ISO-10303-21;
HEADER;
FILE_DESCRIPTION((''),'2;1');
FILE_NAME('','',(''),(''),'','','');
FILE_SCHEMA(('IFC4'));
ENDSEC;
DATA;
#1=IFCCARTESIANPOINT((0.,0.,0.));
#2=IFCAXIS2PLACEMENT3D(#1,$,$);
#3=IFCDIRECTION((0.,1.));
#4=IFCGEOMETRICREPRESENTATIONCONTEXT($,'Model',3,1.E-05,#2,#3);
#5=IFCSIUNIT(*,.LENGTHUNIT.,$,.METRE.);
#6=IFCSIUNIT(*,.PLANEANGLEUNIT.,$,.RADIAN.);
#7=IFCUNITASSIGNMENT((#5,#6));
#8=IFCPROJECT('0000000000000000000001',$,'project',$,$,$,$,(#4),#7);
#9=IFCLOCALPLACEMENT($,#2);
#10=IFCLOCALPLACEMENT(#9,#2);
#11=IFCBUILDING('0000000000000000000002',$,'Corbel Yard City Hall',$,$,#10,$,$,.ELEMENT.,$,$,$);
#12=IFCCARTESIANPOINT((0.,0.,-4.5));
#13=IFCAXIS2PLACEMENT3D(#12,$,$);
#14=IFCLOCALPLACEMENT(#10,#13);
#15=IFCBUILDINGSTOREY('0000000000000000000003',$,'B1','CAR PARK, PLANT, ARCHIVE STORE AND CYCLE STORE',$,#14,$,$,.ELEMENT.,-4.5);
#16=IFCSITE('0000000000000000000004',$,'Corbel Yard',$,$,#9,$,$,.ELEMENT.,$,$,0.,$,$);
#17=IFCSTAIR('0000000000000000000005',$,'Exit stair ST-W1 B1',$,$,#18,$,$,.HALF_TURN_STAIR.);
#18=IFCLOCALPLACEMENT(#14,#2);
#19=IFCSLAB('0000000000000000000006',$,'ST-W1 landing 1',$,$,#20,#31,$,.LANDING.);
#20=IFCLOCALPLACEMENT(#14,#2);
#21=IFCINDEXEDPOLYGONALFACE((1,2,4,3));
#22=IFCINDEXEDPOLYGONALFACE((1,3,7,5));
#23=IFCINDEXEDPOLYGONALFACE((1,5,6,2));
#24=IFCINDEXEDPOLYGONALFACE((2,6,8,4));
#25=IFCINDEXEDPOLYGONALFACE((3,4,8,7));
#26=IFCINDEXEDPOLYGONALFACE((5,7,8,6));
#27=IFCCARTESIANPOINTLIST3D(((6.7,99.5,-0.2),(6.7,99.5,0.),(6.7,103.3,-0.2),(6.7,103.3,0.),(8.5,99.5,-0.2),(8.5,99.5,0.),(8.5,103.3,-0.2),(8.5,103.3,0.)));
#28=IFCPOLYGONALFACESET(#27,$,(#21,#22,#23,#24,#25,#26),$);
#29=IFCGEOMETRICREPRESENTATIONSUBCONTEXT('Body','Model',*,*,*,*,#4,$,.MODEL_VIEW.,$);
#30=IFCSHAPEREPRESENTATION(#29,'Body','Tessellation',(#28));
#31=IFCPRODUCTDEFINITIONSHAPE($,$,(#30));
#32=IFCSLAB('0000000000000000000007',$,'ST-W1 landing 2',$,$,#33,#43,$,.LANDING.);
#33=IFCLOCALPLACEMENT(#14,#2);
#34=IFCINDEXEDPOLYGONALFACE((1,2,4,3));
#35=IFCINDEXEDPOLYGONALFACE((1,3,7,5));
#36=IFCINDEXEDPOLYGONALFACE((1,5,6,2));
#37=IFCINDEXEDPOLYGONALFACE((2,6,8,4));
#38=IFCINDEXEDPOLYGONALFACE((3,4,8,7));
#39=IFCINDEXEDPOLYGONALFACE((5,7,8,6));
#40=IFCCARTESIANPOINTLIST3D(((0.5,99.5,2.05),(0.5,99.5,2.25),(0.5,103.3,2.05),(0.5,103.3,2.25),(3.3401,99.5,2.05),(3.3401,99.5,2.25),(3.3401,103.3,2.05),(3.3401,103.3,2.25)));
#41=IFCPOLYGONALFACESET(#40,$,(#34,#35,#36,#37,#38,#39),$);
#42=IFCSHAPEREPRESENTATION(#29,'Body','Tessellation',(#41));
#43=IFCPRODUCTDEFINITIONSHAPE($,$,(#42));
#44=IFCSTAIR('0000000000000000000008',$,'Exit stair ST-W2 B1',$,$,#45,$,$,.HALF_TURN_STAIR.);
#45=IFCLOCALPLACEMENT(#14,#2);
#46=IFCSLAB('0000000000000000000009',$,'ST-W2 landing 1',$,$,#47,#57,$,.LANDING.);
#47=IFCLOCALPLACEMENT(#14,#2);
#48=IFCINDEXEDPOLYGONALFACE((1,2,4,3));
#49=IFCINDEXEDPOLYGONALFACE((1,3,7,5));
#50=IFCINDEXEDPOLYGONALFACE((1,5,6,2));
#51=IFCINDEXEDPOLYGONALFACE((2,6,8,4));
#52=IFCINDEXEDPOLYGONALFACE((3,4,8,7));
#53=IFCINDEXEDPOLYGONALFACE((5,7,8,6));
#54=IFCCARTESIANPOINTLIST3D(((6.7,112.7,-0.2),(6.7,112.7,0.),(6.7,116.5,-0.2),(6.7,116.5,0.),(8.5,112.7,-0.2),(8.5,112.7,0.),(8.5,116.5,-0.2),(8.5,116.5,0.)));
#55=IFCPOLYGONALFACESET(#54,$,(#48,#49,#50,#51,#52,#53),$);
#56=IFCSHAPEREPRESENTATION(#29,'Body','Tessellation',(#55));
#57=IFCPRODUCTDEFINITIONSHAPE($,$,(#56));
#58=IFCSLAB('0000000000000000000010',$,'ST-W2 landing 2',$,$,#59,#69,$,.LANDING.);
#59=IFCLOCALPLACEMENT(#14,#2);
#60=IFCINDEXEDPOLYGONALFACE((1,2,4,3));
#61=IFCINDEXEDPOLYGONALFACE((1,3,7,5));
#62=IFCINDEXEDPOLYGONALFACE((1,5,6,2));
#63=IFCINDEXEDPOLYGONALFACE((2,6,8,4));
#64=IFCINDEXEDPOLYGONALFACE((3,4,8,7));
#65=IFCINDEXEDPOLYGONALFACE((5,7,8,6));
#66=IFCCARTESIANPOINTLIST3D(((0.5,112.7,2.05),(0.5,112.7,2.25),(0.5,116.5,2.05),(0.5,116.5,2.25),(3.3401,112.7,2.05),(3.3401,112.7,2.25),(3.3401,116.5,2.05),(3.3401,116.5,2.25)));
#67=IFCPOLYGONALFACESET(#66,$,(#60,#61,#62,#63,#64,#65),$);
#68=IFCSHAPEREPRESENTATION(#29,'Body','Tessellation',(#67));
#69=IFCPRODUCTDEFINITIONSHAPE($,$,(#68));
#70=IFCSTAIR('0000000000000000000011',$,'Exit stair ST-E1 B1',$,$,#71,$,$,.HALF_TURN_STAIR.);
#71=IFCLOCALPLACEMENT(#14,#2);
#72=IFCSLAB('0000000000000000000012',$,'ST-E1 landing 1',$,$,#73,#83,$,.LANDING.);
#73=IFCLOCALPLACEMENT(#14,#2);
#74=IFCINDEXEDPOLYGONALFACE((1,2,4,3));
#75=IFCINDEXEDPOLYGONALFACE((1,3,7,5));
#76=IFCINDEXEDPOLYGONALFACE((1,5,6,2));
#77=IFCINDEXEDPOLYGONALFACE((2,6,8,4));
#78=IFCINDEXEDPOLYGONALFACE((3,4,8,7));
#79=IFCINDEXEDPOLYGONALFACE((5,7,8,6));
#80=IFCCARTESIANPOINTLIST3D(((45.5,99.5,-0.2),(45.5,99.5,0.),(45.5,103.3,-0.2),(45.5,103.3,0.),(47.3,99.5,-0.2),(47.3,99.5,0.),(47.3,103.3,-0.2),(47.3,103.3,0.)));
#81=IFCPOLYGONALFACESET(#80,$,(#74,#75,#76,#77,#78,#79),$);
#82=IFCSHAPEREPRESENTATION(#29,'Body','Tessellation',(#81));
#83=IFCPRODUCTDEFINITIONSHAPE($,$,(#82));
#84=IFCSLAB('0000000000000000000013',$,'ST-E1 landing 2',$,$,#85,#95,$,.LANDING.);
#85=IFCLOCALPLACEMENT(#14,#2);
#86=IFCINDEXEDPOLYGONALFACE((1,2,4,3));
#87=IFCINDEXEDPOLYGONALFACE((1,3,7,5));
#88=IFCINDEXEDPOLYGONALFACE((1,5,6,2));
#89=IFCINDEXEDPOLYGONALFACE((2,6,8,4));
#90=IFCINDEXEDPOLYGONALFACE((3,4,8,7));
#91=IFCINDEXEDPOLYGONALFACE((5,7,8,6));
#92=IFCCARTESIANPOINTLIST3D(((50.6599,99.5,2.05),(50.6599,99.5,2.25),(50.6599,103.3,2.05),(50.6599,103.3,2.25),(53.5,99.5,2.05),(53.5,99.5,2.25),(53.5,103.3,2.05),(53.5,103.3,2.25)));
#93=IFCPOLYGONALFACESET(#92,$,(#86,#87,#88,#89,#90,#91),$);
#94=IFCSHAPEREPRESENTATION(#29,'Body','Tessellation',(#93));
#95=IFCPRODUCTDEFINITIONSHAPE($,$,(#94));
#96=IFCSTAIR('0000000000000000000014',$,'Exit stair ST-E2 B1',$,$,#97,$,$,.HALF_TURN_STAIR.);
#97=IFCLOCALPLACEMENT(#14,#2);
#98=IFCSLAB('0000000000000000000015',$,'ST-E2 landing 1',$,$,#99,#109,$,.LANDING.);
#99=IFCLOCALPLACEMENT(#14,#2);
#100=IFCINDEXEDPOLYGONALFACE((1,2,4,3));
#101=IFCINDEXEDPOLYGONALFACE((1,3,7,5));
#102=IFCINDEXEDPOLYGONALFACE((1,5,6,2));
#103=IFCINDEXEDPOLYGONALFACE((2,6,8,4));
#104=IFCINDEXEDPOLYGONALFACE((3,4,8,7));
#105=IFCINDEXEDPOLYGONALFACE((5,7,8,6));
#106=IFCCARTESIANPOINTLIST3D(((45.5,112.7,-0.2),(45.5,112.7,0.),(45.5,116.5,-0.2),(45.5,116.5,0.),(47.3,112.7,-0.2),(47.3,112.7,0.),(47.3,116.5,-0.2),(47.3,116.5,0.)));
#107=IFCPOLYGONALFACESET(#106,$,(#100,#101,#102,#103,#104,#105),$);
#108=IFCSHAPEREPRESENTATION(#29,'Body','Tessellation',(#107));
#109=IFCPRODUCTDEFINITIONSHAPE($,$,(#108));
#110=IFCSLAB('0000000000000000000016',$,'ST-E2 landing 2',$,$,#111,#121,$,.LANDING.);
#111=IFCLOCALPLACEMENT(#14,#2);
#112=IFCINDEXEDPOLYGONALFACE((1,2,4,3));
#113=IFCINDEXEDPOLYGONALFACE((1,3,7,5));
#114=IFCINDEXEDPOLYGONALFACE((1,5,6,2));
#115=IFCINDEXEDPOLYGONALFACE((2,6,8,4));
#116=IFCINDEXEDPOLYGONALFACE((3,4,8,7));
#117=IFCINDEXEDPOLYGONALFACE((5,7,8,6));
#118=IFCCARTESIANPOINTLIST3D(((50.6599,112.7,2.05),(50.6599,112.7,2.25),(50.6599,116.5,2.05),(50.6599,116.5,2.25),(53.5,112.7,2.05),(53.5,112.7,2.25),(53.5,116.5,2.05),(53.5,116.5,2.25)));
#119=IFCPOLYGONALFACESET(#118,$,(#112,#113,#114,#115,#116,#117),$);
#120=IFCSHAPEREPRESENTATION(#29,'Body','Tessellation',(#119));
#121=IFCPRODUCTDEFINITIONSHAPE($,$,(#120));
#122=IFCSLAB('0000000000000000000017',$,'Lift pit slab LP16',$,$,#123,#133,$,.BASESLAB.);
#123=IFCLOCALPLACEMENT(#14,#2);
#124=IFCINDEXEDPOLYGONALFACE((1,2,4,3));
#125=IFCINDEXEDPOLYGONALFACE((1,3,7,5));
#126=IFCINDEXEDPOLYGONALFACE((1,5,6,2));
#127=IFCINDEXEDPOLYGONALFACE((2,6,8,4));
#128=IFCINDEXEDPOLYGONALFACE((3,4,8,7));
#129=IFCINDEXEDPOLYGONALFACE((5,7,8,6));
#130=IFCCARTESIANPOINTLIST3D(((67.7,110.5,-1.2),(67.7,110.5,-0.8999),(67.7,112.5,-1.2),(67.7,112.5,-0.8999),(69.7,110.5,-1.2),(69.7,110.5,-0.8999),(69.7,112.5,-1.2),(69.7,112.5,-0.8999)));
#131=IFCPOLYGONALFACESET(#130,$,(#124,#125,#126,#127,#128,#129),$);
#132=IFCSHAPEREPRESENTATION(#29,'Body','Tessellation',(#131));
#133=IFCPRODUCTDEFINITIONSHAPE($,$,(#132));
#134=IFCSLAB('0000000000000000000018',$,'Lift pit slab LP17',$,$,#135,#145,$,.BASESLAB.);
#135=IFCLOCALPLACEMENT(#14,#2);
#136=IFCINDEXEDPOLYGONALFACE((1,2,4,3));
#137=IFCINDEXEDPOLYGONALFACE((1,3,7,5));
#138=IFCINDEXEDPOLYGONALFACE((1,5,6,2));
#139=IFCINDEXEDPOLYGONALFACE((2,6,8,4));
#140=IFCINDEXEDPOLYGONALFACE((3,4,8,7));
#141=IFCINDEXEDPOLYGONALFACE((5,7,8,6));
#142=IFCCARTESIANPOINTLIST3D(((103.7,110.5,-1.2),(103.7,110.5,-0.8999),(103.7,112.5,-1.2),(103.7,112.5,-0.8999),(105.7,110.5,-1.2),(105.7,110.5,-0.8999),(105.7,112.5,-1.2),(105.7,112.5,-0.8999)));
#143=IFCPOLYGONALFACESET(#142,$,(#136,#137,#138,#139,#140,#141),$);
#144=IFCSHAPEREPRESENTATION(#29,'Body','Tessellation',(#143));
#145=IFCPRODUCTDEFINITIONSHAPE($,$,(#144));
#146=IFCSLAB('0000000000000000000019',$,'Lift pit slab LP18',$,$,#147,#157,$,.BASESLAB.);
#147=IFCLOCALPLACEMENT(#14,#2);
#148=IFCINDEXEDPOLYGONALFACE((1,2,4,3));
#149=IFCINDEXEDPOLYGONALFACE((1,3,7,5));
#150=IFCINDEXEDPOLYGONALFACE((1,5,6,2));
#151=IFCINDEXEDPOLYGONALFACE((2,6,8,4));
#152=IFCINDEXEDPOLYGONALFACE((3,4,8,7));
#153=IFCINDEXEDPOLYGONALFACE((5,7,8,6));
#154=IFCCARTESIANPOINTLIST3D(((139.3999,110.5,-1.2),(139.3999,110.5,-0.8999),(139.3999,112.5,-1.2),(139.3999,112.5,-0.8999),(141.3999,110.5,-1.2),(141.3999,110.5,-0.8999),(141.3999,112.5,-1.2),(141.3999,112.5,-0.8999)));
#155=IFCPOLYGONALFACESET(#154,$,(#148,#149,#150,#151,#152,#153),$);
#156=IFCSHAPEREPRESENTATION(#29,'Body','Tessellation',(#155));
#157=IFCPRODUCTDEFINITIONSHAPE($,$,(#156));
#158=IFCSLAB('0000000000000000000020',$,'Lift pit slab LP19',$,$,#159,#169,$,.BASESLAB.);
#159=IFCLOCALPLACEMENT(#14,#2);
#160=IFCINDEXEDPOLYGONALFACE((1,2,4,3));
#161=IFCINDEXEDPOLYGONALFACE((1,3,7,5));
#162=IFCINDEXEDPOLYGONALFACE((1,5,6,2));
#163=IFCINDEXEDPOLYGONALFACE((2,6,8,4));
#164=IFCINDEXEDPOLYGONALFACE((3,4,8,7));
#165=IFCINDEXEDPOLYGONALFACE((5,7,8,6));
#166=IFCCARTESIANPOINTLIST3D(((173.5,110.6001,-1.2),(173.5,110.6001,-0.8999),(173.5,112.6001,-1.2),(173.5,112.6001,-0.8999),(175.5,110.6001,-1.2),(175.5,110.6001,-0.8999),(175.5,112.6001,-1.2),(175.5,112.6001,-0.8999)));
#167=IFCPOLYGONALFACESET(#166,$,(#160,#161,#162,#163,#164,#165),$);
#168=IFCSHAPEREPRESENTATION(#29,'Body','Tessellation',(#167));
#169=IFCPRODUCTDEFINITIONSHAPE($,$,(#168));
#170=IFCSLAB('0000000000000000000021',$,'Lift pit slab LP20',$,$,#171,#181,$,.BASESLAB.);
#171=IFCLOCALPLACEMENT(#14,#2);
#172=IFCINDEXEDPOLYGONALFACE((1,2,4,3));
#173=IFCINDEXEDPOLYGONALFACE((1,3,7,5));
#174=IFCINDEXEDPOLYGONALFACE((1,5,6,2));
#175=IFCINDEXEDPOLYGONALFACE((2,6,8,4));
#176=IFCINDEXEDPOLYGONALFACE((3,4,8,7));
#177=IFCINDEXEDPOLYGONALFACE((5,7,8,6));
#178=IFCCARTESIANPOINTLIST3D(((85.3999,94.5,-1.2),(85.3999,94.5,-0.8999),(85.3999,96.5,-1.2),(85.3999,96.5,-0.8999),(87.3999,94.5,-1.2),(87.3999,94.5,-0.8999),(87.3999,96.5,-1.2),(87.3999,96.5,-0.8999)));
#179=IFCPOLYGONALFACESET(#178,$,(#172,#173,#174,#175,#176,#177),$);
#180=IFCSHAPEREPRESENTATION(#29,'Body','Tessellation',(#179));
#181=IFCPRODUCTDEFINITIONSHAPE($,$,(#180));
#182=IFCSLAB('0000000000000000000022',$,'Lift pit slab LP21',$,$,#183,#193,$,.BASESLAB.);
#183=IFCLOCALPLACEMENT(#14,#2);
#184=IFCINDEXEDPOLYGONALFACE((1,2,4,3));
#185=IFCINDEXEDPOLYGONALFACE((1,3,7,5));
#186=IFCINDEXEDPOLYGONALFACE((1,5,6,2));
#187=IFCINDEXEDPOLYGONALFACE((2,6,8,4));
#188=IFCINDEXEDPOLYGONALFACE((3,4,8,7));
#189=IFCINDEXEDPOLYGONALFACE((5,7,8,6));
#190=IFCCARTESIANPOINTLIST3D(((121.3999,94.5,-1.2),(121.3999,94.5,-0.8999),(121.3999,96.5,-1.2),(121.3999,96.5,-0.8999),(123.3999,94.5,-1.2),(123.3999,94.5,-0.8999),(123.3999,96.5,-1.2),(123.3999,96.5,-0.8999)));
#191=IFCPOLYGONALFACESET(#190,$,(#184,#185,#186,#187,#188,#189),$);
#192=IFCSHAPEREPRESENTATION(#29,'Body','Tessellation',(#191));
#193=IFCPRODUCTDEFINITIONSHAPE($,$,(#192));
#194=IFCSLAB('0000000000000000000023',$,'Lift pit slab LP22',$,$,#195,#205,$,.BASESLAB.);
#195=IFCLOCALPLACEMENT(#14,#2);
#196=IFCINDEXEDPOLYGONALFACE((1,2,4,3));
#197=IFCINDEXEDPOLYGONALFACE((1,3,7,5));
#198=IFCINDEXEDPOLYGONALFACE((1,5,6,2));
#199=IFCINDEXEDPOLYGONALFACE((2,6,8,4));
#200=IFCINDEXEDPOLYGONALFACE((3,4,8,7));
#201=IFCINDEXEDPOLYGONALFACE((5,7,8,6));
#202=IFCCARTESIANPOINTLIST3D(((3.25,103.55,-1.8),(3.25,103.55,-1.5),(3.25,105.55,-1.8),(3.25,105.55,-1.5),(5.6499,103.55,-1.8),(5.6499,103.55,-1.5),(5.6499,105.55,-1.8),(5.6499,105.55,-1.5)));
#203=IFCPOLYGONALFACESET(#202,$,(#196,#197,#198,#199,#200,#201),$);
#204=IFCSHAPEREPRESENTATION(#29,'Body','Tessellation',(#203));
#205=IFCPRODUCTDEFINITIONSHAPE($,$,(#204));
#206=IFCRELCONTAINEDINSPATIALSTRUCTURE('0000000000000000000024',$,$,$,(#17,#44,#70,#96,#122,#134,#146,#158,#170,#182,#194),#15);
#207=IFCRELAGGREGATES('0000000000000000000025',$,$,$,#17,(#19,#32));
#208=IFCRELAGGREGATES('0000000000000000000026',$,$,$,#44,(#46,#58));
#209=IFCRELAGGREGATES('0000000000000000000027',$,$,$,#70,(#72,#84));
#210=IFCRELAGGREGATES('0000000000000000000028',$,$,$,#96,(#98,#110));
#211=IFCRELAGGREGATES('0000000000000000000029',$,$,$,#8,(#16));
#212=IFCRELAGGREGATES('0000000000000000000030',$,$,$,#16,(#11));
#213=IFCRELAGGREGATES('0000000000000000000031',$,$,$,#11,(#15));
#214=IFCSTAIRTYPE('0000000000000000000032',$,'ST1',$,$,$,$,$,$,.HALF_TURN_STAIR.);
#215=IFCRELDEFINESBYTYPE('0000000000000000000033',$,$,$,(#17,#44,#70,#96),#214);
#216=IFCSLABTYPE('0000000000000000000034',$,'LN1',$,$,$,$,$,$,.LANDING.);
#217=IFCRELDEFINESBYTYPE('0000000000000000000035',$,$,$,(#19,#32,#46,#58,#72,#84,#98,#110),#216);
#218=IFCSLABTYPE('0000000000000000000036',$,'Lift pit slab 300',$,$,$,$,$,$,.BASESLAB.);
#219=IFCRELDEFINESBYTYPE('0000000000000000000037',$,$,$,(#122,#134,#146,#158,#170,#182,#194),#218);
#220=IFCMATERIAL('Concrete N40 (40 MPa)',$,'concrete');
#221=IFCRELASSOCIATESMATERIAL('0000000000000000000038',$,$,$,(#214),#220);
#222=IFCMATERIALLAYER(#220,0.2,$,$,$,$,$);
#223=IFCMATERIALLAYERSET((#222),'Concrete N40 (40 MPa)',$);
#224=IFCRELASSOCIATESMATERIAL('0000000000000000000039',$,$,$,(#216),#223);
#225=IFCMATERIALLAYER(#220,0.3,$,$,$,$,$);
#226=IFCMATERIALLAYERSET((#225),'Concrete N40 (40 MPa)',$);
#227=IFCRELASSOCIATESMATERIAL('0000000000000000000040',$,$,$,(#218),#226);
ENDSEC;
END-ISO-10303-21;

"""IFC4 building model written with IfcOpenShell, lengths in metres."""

from ifc_helpers import new_model, si_unit, direction, frame, origin, place, context, subcontext, project, spatial, polyline, outline, extrude, material, layer, layer_set, type_object, element, aggregate, save


model = new_model("IFC4")

# Units and contexts
model_context = context("Model", 3, precision=1e-05, world=origin(), true_north=direction((0.0, 1.0)))
body_context = subcontext(model_context, "Body", "Model", "MODEL_VIEW")
ifc_project = project(units=[si_unit("LENGTHUNIT", "METRE"), si_unit("PLANEANGLEUNIT", "RADIAN")], contexts=[model_context])

# Site, building, storey
site_placement = place(None, origin())
site = spatial("IfcSite", under=ifc_project, at=site_placement, Name="Corbel Yard", CompositionType="ELEMENT", RefElevation=0.0)
building_placement = place(site_placement, origin())
building = spatial("IfcBuilding", under=site, at=building_placement, Name="Corbel Yard City Hall", CompositionType="ELEMENT")
storey_placement = place(building_placement, frame((0.0, 0.0, -4.5)))
storey = spatial("IfcBuildingStorey", under=building, at=storey_placement, Name="B1", Description="CAR PARK, PLANT, ARCHIVE STORE AND CYCLE STORE", CompositionType="ELEMENT", Elevation=-4.5)

# Stairs, slabs
ifc_material = material(Name="Concrete N40 (40 MPa)", Category="concrete")
stair_type = type_object("IfcStairType", Name="ST1", PredefinedType="HALF_TURN_STAIR", material=ifc_material)
stair_1_placement = place(storey_placement, origin())
stair_1 = element("IfcStair", 1, at=stair_1_placement, inside=storey, type_object=stair_type, Name="Exit stair ST-W1 B1", PredefinedType="HALF_TURN_STAIR")
ifc_layer_1 = layer(ifc_material, 0.2)
ifc_layer_set_1 = layer_set([ifc_layer_1], Name="Concrete N40 (40 MPa)")
slab_type_1 = type_object("IfcSlabType", Name="LN1", PredefinedType="LANDING", material=ifc_layer_set_1)
slab_1_placement = place(storey_placement, frame((0.0, 0.0, -0.2)))
slab_1 = element("IfcSlab", 2, at=slab_1_placement, type_object=slab_type_1, Name="ST-W1 landing 1", PredefinedType="LANDING", context=body_context, shape_type="SweptSolid", body=[
    extrude(outline(polyline([(6.7, 99.5), (8.5, 99.5), (8.5, 103.3), (6.7, 103.3), (6.7, 99.5)])), origin(), (0.0, 0.0, 1.0), 0.2),
])
slab_2_placement = place(storey_placement, frame((0.0, 0.0, 2.05)))
slab_2 = element("IfcSlab", 3, at=slab_2_placement, type_object=slab_type_1, Name="ST-W1 landing 2", PredefinedType="LANDING", context=body_context, shape_type="SweptSolid", body=[
    extrude(outline(polyline([(0.5, 99.5), (3.3401, 99.5), (3.3401, 103.3), (0.5, 103.3), (0.5, 99.5)])), origin(), (0.0, 0.0, 1.0), 0.2),
])
aggregate(stair_1, [slab_1, slab_2])
stair_2_placement = place(storey_placement, origin())
stair_2 = element("IfcStair", 4, at=stair_2_placement, inside=storey, type_object=stair_type, Name="Exit stair ST-W2 B1", PredefinedType="HALF_TURN_STAIR")
slab_3_placement = place(storey_placement, frame((0.0, 0.0, -0.2)))
slab_3 = element("IfcSlab", 5, at=slab_3_placement, type_object=slab_type_1, Name="ST-W2 landing 1", PredefinedType="LANDING", context=body_context, shape_type="SweptSolid", body=[
    extrude(outline(polyline([(6.7, 112.7), (8.5, 112.7), (8.5, 116.5), (6.7, 116.5), (6.7, 112.7)])), origin(), (0.0, 0.0, 1.0), 0.2),
])
slab_4_placement = place(storey_placement, frame((0.0, 0.0, 2.05)))
slab_4 = element("IfcSlab", 6, at=slab_4_placement, type_object=slab_type_1, Name="ST-W2 landing 2", PredefinedType="LANDING", context=body_context, shape_type="SweptSolid", body=[
    extrude(outline(polyline([(0.5, 112.7), (3.3401, 112.7), (3.3401, 116.5), (0.5, 116.5), (0.5, 112.7)])), origin(), (0.0, 0.0, 1.0), 0.2),
])
aggregate(stair_2, [slab_3, slab_4])
stair_3_placement = place(storey_placement, origin())
stair_3 = element("IfcStair", 7, at=stair_3_placement, inside=storey, type_object=stair_type, Name="Exit stair ST-E1 B1", PredefinedType="HALF_TURN_STAIR")
slab_5_placement = place(storey_placement, frame((0.0, 0.0, -0.2)))
slab_5 = element("IfcSlab", 8, at=slab_5_placement, type_object=slab_type_1, Name="ST-E1 landing 1", PredefinedType="LANDING", context=body_context, shape_type="SweptSolid", body=[
    extrude(outline(polyline([(45.5, 99.5), (47.3, 99.5), (47.3, 103.3), (45.5, 103.3), (45.5, 99.5)])), origin(), (0.0, 0.0, 1.0), 0.2),
])
slab_6_placement = place(storey_placement, frame((0.0, 0.0, 2.05)))
slab_6 = element("IfcSlab", 9, at=slab_6_placement, type_object=slab_type_1, Name="ST-E1 landing 2", PredefinedType="LANDING", context=body_context, shape_type="SweptSolid", body=[
    extrude(outline(polyline([(50.6599, 99.5), (53.5, 99.5), (53.5, 103.3), (50.6599, 103.3), (50.6599, 99.5)])), origin(), (0.0, 0.0, 1.0), 0.2),
])
aggregate(stair_3, [slab_5, slab_6])
stair_4_placement = place(storey_placement, origin())
stair_4 = element("IfcStair", 10, at=stair_4_placement, inside=storey, type_object=stair_type, Name="Exit stair ST-E2 B1", PredefinedType="HALF_TURN_STAIR")
slab_7_placement = place(storey_placement, frame((0.0, 0.0, -0.2)))
slab_7 = element("IfcSlab", 11, at=slab_7_placement, type_object=slab_type_1, Name="ST-E2 landing 1", PredefinedType="LANDING", context=body_context, shape_type="SweptSolid", body=[
    extrude(outline(polyline([(45.5, 112.7), (47.3, 112.7), (47.3, 116.5), (45.5, 116.5), (45.5, 112.7)])), origin(), (0.0, 0.0, 1.0), 0.2),
])
slab_8_placement = place(storey_placement, frame((0.0, 0.0, 2.05)))
slab_8 = element("IfcSlab", 12, at=slab_8_placement, type_object=slab_type_1, Name="ST-E2 landing 2", PredefinedType="LANDING", context=body_context, shape_type="SweptSolid", body=[
    extrude(outline(polyline([(50.6599, 112.7), (53.5, 112.7), (53.5, 116.5), (50.6599, 116.5), (50.6599, 112.7)])), origin(), (0.0, 0.0, 1.0), 0.2),
])
aggregate(stair_4, [slab_7, slab_8])

# Slabs
ifc_layer_2 = layer(ifc_material, 0.3)
ifc_layer_set_2 = layer_set([ifc_layer_2], Name="Concrete N40 (40 MPa)")
slab_type_2 = type_object("IfcSlabType", Name="Lift pit slab 300", PredefinedType="BASESLAB", material=ifc_layer_set_2)
slab_9_placement = place(storey_placement, frame((0.0, 0.0, -1.2)))
element("IfcSlab", 13, at=slab_9_placement, inside=storey, type_object=slab_type_2, Name="Lift pit slab LP16", PredefinedType="BASESLAB", context=body_context, shape_type="SweptSolid", body=[
    extrude(outline(polyline([(69.7, 110.5), (69.7, 112.5), (67.7, 112.5), (67.7, 110.5), (69.7, 110.5)])), origin(), (0.0, 0.0, 1.0), 0.3),
])
slab_10_placement = place(storey_placement, frame((0.0, 0.0, -1.2)))
element("IfcSlab", 14, at=slab_10_placement, inside=storey, type_object=slab_type_2, Name="Lift pit slab LP17", PredefinedType="BASESLAB", context=body_context, shape_type="SweptSolid", body=[
    extrude(outline(polyline([(105.7, 110.5), (105.7, 112.5), (103.7, 112.5), (103.7, 110.5), (105.7, 110.5)])), origin(), (0.0, 0.0, 1.0), 0.3),
])
slab_11_placement = place(storey_placement, frame((0.0, 0.0, -1.2)))
element("IfcSlab", 15, at=slab_11_placement, inside=storey, type_object=slab_type_2, Name="Lift pit slab LP18", PredefinedType="BASESLAB", context=body_context, shape_type="SweptSolid", body=[
    extrude(outline(polyline([(141.3999, 110.5), (141.3999, 112.5), (139.3999, 112.5), (139.3999, 110.5), (141.3999, 110.5)])), origin(), (0.0, 0.0, 1.0), 0.3),
])
slab_12_placement = place(storey_placement, frame((0.0, 0.0, -1.2)))
element("IfcSlab", 16, at=slab_12_placement, inside=storey, type_object=slab_type_2, Name="Lift pit slab LP19", PredefinedType="BASESLAB", context=body_context, shape_type="SweptSolid", body=[
    extrude(outline(polyline([(175.5, 110.6001), (175.5, 112.6001), (173.5, 112.6001), (173.5, 110.6001), (175.5, 110.6001)])), origin(), (0.0, 0.0, 1.0), 0.3),
])
slab_13_placement = place(storey_placement, frame((0.0, 0.0, -1.2)))
element("IfcSlab", 17, at=slab_13_placement, inside=storey, type_object=slab_type_2, Name="Lift pit slab LP20", PredefinedType="BASESLAB", context=body_context, shape_type="SweptSolid", body=[
    extrude(outline(polyline([(87.3999, 94.5), (87.3999, 96.5), (85.3999, 96.5), (85.3999, 94.5), (87.3999, 94.5)])), origin(), (0.0, 0.0, 1.0), 0.3),
])
slab_14_placement = place(storey_placement, frame((0.0, 0.0, -1.2)))
element("IfcSlab", 18, at=slab_14_placement, inside=storey, type_object=slab_type_2, Name="Lift pit slab LP21", PredefinedType="BASESLAB", context=body_context, shape_type="SweptSolid", body=[
    extrude(outline(polyline([(123.3999, 94.5), (123.3999, 96.5), (121.3999, 96.5), (121.3999, 94.5), (123.3999, 94.5)])), origin(), (0.0, 0.0, 1.0), 0.3),
])
slab_15_placement = place(storey_placement, frame((0.0, 0.0, -1.8)))
element("IfcSlab", 19, at=slab_15_placement, inside=storey, type_object=slab_type_2, Name="Lift pit slab LP22", PredefinedType="BASESLAB", context=body_context, shape_type="SweptSolid", body=[
    extrude(outline(polyline([(5.6499, 103.55), (5.6499, 105.55), (3.25, 105.55), (3.25, 103.55), (5.6499, 103.55)])), origin(), (0.0, 0.0, 1.0), 0.3),
])

save(model, "model.ifc")
